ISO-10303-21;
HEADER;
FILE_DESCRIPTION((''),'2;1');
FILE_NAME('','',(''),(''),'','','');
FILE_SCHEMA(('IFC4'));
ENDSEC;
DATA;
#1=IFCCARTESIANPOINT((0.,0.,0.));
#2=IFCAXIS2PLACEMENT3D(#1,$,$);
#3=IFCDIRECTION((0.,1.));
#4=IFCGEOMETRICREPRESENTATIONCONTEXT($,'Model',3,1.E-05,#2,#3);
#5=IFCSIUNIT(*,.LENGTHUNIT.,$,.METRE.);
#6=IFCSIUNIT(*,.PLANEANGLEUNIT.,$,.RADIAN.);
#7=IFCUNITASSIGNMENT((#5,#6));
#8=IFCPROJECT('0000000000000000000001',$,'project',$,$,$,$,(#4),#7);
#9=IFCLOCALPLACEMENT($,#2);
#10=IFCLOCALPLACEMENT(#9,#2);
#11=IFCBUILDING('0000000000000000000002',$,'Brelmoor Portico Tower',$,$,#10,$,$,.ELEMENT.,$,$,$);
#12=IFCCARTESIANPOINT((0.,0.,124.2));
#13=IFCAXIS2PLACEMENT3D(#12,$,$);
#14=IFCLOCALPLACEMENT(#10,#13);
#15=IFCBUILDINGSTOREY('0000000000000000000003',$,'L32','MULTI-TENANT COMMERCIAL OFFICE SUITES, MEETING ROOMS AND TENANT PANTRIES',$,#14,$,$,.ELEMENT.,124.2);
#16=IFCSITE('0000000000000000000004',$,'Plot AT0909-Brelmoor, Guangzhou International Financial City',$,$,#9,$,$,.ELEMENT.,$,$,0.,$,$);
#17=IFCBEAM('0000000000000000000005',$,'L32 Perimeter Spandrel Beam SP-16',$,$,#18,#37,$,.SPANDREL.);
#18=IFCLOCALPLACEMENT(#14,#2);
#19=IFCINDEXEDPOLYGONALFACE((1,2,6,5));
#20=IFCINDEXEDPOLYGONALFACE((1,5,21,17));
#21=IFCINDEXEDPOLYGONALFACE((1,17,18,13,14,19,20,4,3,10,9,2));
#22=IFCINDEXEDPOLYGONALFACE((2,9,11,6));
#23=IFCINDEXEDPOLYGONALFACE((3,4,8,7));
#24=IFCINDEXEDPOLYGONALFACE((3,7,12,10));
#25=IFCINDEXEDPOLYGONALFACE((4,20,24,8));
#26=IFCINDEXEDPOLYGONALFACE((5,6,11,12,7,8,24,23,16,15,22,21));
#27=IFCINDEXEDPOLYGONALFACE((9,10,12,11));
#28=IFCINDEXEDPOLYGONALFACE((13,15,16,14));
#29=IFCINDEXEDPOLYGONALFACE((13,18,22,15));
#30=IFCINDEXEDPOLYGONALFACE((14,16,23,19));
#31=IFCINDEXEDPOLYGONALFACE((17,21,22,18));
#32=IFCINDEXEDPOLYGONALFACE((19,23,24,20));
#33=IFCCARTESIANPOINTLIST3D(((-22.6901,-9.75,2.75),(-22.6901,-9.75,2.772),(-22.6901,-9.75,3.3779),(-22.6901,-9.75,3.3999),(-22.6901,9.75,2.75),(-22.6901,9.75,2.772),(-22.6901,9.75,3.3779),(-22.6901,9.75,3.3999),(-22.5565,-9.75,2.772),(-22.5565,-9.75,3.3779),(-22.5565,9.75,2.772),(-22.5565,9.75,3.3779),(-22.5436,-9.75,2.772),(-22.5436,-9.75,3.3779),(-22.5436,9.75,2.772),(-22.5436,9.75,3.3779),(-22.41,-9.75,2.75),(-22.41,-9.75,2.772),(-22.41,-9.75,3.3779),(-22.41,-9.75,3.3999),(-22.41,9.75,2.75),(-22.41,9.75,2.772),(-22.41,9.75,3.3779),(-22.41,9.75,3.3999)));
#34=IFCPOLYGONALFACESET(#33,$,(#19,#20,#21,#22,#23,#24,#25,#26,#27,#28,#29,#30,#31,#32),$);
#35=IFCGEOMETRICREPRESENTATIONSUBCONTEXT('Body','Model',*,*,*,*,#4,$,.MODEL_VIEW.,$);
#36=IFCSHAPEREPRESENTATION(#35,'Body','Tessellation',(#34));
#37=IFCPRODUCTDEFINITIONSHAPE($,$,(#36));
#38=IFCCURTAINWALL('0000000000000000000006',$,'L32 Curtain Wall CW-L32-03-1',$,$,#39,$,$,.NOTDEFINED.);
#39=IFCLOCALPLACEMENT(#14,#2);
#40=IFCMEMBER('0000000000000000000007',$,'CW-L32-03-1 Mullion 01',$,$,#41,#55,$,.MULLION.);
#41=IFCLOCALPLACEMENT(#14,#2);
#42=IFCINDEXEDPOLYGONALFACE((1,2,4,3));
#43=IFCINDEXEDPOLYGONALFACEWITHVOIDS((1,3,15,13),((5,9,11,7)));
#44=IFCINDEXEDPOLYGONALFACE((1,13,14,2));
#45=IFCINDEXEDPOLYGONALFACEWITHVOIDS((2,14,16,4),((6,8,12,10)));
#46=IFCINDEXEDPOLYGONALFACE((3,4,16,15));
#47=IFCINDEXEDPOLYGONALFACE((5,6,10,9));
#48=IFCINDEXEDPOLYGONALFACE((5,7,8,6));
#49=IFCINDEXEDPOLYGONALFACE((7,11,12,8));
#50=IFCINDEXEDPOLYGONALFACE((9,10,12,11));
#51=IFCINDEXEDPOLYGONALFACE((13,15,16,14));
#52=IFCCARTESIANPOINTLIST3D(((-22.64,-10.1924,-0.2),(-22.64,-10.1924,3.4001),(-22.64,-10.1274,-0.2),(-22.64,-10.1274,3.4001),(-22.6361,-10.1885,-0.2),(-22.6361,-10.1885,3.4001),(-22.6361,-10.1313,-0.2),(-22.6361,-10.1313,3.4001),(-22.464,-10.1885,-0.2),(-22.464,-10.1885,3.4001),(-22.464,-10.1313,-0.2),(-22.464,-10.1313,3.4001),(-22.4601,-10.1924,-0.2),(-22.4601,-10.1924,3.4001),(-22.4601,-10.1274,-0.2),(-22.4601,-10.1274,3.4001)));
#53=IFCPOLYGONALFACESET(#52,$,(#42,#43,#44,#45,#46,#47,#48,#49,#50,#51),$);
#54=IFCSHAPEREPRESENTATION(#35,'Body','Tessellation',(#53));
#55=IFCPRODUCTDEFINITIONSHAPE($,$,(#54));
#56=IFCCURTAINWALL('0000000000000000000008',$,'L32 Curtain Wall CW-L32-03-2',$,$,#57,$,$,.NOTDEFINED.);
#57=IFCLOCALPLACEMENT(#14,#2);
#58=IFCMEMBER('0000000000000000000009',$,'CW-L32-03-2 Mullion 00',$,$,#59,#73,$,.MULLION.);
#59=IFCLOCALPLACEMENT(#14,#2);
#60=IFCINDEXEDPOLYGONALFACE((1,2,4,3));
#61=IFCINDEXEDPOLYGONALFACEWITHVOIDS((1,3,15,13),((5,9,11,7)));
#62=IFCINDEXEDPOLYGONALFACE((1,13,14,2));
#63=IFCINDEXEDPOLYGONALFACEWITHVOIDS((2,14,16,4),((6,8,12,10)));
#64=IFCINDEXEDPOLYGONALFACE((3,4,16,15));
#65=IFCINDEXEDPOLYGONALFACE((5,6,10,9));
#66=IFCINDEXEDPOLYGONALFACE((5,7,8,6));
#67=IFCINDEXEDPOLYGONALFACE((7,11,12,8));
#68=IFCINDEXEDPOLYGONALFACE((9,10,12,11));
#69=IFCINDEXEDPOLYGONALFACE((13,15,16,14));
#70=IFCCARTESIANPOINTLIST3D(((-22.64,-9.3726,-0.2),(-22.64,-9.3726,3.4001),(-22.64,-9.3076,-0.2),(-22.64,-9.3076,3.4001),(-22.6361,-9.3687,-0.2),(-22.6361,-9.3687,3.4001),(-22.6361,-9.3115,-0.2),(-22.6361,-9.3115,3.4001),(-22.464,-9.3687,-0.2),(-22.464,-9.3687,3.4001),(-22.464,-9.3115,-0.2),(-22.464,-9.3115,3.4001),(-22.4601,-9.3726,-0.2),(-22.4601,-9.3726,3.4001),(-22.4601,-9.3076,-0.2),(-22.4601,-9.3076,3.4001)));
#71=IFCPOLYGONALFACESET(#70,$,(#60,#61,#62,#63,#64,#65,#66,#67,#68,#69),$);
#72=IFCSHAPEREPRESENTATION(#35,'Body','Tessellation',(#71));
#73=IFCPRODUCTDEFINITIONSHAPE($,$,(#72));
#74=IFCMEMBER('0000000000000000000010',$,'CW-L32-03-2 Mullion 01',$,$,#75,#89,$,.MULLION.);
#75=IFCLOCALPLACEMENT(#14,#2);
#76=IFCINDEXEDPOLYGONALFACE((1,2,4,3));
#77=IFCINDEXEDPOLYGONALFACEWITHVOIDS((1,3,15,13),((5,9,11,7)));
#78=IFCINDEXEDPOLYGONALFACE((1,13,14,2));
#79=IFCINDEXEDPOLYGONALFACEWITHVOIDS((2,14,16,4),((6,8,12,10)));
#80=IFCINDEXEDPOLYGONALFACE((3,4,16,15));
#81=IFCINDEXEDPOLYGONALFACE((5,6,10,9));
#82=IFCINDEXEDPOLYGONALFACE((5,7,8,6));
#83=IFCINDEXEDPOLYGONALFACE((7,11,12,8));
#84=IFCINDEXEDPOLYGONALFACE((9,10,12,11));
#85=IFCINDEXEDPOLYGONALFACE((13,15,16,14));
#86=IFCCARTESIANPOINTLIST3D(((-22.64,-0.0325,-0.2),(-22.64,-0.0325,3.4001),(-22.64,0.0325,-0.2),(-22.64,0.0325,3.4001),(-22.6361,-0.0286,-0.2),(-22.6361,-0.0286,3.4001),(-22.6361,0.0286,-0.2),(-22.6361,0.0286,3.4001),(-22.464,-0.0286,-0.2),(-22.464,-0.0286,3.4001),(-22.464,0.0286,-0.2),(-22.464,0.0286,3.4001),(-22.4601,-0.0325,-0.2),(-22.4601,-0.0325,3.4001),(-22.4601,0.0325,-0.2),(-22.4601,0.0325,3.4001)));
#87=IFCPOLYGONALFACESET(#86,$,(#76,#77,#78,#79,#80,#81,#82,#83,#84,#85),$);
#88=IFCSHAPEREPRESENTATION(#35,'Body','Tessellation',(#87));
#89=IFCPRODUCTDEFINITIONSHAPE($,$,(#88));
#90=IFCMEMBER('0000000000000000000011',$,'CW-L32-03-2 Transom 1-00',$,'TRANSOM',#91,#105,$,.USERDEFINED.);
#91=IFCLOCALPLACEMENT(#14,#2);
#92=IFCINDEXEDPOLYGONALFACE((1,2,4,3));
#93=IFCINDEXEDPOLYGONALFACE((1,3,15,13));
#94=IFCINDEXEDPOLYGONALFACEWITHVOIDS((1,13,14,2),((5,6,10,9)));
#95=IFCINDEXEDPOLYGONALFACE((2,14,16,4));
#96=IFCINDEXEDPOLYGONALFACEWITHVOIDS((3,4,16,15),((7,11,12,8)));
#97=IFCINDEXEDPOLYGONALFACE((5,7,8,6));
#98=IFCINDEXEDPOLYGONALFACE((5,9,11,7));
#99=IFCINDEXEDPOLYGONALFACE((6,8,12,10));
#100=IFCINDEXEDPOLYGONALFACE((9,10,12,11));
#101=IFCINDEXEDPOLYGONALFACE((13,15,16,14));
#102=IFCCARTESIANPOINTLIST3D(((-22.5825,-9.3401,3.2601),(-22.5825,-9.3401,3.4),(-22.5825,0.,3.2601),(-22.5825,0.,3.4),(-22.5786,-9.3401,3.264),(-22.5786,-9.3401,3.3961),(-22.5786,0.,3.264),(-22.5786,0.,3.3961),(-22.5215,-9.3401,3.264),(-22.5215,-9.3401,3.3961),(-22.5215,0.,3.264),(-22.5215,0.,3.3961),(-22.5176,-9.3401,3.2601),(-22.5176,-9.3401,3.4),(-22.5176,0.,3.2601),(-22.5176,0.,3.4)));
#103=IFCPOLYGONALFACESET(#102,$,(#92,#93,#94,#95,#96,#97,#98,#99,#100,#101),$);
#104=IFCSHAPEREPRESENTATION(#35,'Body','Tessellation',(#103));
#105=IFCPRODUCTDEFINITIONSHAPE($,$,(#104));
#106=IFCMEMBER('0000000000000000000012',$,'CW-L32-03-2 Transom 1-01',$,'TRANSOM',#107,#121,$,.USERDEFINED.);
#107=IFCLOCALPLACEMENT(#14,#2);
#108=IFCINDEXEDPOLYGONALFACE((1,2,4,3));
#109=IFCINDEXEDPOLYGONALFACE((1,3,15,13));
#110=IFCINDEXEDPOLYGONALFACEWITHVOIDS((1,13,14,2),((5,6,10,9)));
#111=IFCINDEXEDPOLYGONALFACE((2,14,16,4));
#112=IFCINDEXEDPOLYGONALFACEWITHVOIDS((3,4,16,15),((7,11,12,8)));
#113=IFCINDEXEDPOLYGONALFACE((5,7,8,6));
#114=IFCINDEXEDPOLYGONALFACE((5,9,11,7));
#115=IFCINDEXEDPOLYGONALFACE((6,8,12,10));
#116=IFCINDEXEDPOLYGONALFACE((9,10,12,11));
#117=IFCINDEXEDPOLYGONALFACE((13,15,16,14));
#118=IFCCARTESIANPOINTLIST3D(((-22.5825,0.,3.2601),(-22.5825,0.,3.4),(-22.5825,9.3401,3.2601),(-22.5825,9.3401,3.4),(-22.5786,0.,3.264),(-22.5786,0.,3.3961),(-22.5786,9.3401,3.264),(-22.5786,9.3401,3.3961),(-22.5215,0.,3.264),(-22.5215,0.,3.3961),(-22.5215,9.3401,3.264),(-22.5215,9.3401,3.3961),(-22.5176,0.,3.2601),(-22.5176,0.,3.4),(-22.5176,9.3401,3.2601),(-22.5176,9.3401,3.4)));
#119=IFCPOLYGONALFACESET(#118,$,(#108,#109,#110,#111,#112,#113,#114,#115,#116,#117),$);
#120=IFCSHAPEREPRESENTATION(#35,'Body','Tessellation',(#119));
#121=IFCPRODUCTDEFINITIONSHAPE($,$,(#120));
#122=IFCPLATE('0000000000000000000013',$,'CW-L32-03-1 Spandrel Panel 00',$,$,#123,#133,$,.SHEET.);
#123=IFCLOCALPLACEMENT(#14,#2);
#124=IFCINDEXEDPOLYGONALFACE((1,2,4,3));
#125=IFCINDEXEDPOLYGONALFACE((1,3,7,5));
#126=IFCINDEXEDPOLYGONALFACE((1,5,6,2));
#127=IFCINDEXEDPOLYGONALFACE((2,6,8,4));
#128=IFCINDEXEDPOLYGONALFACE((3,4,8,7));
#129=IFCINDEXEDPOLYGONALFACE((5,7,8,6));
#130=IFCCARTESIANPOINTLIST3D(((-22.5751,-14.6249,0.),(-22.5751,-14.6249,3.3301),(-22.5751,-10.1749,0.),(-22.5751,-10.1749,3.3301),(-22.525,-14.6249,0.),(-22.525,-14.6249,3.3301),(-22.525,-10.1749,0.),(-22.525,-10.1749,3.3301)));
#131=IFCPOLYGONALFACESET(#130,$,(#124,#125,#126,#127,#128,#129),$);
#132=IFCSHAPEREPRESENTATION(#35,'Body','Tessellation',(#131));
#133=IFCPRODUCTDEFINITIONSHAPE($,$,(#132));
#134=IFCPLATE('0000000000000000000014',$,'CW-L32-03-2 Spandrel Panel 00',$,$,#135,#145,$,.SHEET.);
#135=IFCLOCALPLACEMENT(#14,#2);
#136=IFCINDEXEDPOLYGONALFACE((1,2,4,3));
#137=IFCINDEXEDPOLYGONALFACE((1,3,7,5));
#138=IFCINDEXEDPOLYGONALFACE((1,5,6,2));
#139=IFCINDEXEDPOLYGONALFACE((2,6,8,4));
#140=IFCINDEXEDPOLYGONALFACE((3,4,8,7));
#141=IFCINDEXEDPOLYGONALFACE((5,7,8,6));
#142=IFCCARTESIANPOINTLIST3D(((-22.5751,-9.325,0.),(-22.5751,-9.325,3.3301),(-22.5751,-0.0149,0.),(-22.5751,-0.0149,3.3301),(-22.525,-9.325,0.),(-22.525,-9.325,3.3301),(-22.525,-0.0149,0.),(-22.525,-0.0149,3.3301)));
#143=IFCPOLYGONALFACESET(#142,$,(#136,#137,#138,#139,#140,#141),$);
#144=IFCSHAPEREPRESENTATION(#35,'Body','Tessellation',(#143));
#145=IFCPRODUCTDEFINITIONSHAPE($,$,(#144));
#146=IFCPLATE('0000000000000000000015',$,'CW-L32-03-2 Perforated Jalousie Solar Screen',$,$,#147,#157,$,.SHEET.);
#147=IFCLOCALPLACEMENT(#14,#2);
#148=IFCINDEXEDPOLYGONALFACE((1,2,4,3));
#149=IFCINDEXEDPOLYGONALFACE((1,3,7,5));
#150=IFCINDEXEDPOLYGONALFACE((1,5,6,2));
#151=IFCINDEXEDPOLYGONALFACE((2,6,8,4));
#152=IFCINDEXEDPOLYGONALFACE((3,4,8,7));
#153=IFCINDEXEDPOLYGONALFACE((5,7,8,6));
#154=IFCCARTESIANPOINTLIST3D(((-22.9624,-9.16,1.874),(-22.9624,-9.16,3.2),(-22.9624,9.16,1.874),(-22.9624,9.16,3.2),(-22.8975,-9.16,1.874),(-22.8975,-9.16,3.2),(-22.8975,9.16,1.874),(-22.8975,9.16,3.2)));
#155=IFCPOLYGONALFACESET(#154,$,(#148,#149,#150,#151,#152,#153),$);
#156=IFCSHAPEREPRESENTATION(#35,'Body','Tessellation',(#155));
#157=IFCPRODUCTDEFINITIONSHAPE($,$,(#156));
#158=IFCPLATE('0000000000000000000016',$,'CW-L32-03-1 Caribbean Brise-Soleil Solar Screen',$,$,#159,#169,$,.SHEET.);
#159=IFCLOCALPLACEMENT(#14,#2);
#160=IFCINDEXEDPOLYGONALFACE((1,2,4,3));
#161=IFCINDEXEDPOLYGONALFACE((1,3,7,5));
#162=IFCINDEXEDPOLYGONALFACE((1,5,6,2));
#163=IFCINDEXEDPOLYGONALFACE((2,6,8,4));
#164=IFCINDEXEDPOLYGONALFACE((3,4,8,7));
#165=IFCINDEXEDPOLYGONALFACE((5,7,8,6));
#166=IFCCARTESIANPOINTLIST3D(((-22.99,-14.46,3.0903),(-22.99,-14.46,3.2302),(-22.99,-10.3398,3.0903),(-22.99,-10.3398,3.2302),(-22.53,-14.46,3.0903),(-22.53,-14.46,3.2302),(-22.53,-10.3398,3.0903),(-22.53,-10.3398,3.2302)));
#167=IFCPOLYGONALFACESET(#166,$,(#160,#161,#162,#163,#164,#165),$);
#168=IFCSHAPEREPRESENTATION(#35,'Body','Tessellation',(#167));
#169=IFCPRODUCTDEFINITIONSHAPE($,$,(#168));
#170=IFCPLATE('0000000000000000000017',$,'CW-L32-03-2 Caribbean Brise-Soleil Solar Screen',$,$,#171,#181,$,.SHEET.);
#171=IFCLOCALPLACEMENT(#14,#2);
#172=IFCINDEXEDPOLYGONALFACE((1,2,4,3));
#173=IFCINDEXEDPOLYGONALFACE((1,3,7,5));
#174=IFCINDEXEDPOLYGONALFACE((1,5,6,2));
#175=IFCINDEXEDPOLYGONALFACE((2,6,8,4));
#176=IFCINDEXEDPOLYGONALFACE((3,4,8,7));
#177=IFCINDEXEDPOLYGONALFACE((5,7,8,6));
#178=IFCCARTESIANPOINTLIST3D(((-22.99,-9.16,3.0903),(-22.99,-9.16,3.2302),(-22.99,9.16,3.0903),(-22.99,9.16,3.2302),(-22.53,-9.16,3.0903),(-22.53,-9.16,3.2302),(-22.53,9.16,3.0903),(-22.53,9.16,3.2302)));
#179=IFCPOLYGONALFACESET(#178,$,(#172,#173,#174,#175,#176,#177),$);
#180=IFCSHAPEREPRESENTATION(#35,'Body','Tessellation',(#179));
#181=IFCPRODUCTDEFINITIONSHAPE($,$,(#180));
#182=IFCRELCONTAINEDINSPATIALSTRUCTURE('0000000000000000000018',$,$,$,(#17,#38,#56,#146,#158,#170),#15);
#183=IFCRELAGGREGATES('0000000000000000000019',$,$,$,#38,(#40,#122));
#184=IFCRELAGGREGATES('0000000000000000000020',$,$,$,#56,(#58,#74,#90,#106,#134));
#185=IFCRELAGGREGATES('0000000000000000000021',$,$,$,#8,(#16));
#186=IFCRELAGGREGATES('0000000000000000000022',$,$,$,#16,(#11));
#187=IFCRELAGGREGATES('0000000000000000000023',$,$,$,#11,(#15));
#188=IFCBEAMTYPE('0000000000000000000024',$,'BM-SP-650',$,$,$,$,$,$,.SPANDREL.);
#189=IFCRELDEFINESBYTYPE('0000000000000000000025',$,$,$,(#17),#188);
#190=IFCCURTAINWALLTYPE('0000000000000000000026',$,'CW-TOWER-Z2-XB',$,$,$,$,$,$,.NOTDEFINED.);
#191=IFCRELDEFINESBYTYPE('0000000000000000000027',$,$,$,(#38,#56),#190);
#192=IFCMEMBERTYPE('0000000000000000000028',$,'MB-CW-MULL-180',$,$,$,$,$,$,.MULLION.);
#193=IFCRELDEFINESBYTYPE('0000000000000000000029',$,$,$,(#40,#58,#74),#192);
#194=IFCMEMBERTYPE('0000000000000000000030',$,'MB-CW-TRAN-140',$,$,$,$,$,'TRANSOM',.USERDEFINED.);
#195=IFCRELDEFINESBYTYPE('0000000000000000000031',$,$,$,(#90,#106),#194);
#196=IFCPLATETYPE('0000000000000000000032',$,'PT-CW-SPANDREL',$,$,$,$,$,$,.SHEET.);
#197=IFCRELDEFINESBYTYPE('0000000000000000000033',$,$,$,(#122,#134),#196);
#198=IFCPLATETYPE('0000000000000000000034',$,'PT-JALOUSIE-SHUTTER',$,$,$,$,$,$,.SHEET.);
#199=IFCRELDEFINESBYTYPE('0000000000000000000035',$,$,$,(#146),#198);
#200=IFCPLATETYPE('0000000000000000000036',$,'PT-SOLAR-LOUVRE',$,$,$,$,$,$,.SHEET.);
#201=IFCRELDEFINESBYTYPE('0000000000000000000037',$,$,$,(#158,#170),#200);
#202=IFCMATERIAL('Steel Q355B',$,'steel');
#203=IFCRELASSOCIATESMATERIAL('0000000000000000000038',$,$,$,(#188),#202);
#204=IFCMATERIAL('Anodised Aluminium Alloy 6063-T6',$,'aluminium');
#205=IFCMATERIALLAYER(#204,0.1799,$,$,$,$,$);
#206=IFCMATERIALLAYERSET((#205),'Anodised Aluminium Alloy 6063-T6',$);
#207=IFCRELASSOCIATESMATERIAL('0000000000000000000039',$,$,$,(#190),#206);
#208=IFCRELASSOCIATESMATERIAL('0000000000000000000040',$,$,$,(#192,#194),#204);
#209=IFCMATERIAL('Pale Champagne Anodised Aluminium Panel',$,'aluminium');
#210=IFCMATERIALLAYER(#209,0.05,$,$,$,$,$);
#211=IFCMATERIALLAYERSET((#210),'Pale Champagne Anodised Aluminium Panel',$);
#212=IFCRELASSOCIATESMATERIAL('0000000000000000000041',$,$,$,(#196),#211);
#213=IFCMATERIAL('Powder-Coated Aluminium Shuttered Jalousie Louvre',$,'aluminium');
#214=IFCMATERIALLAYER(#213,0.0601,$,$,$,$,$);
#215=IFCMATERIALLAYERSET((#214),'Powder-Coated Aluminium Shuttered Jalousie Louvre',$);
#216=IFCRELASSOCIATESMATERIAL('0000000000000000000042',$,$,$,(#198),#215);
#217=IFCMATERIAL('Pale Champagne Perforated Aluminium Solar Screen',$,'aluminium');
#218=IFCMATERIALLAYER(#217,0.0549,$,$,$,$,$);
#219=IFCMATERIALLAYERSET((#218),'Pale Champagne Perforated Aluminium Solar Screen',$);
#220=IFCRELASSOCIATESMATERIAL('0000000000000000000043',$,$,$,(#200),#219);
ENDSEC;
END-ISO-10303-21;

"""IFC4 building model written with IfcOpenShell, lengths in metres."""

from ifc_helpers import new_model, si_unit, direction, frame, origin, origin_2d, place, context, subcontext, project, spatial, rectangle, hollow_rectangle, i_section, extrude, material, layer, layer_set, material_profile, profile_set, type_object, element, aggregate, save


model = new_model("IFC4")

# Units and contexts
model_context = context("Model", 3, precision=1e-05, world=origin(), true_north=direction((0.0, 1.0)))
body_context = subcontext(model_context, "Body", "Model", "MODEL_VIEW")
ifc_project = project(units=[si_unit("LENGTHUNIT", "METRE"), si_unit("PLANEANGLEUNIT", "RADIAN")], contexts=[model_context])

# Site, building, storey
site_placement = place(None, origin())
site = spatial("IfcSite", under=ifc_project, at=site_placement, Name="Plot AT0909-Brelmoor, Guangzhou International Financial City", CompositionType="ELEMENT", RefElevation=0.0)
building_placement = place(site_placement, origin())
building = spatial("IfcBuilding", under=site, at=building_placement, Name="Brelmoor Portico Tower", CompositionType="ELEMENT")
storey_placement = place(building_placement, frame((0.0, 0.0, 124.2)))
storey = spatial("IfcBuildingStorey", under=building, at=storey_placement, Name="L32", Description="MULTI-TENANT COMMERCIAL OFFICE SUITES, MEETING ROOMS AND TENANT PANTRIES", CompositionType="ELEMENT", Elevation=124.2)

# Shared definitions
ifc_material_1 = material(Name="Steel Q355B", Category="steel")

# Beam
ifc_material_profile_1 = material_profile(ifc_material_1, i_section(OverallWidth=0.28, OverallDepth=0.6499, WebThickness=0.0129, FlangeThickness=0.022, at=origin_2d()), Name="HN 650x280x13x22")
ifc_profile_set_1 = profile_set([ifc_material_profile_1], Name="Steel Q355B")
beam_type_1 = type_object("IfcBeamType", Name="BM-SP-650", PredefinedType="SPANDREL", material=ifc_profile_set_1)
beam_1_placement = place(storey_placement, frame((-22.55, -9.75, 3.075), z_axis=(0.0, 1.0, 0.0), x_axis=(-1.0, 0.0, 0.0)))
element("IfcBeam", 1, at=beam_1_placement, inside=storey, type_object=beam_type_1, Name="L32 Perimeter Spandrel Beam SP-16", PredefinedType="SPANDREL", context=body_context, shape_type="SweptSolid", body=[
    extrude(i_section(OverallWidth=0.28, OverallDepth=0.6499, WebThickness=0.0129, FlangeThickness=0.022, at=origin_2d()), origin(), (0.0, 0.0, 1.0), 19.5),
])

# Curtain wall, member
ifc_material_2 = material(Name="Anodised Aluminium Alloy 6063-T6", Category="aluminium")
ifc_layer_1 = layer(ifc_material_2, 0.1799)
ifc_layer_set_1 = layer_set([ifc_layer_1], Name="Anodised Aluminium Alloy 6063-T6")
curtain_wall_type = type_object("IfcCurtainWallType", Name="CW-TOWER-Z2-XB", PredefinedType="NOTDEFINED", material=ifc_layer_set_1)
curtain_wall_1_placement = place(storey_placement, origin())
curtain_wall_1 = element("IfcCurtainWall", 2, at=curtain_wall_1_placement, inside=storey, type_object=curtain_wall_type, Name="L32 Curtain Wall CW-L32-03-1", PredefinedType="NOTDEFINED")
ifc_material_profile_2 = material_profile(ifc_material_2, hollow_rectangle(XDim=0.0649, YDim=0.1799, WallThickness=0.0039, at=origin_2d()), Name="ALU MULLION 65x180")
ifc_profile_set_2 = profile_set([ifc_material_profile_2], Name="Anodised Aluminium Alloy 6063-T6")
member_type_1 = type_object("IfcMemberType", Name="MB-CW-MULL-180", PredefinedType="MULLION", material=ifc_profile_set_2)
member_1_placement = place(storey_placement, frame((-22.55, -10.1599, -0.2), z_axis=(0.0, 0.0, 1.0), x_axis=(0.0, 1.0, 0.0)))
member_1 = element("IfcMember", 3, at=member_1_placement, type_object=member_type_1, Name="CW-L32-03-1 Mullion 01", PredefinedType="MULLION", context=body_context, shape_type="SweptSolid", body=[
    extrude(hollow_rectangle(XDim=0.0649, YDim=0.1799, WallThickness=0.0039, at=origin_2d()), origin(), (0.0, 0.0, 1.0), 3.6001),
])

# Curtain wall, members
curtain_wall_2_placement = place(storey_placement, origin())
curtain_wall_2 = element("IfcCurtainWall", 4, at=curtain_wall_2_placement, inside=storey, type_object=curtain_wall_type, Name="L32 Curtain Wall CW-L32-03-2", PredefinedType="NOTDEFINED")
member_2_placement = place(storey_placement, frame((-22.55, -9.3401, -0.2), z_axis=(0.0, 0.0, 1.0), x_axis=(0.0, 1.0, 0.0)))
member_2 = element("IfcMember", 5, at=member_2_placement, type_object=member_type_1, Name="CW-L32-03-2 Mullion 00", PredefinedType="MULLION", context=body_context, shape_type="SweptSolid", body=[
    extrude(hollow_rectangle(XDim=0.0649, YDim=0.1799, WallThickness=0.0039, at=origin_2d()), origin(), (0.0, 0.0, 1.0), 3.6001),
])
member_3_placement = place(storey_placement, frame((-22.55, 0.0, -0.2), z_axis=(0.0, 0.0, 1.0), x_axis=(0.0, 1.0, 0.0)))
member_3 = element("IfcMember", 6, at=member_3_placement, type_object=member_type_1, Name="CW-L32-03-2 Mullion 01", PredefinedType="MULLION", context=body_context, shape_type="SweptSolid", body=[
    extrude(hollow_rectangle(XDim=0.0649, YDim=0.1799, WallThickness=0.0039, at=origin_2d()), origin(), (0.0, 0.0, 1.0), 3.6001),
])
ifc_material_profile_3 = material_profile(ifc_material_2, hollow_rectangle(XDim=0.0649, YDim=0.1399, WallThickness=0.0039, at=origin_2d()), Name="ALU TRANSOM 65x140")
ifc_profile_set_3 = profile_set([ifc_material_profile_3], Name="Anodised Aluminium Alloy 6063-T6")
member_type_2 = type_object("IfcMemberType", Name="MB-CW-TRAN-140", ElementType="TRANSOM", PredefinedType="USERDEFINED", material=ifc_profile_set_3)
member_4_placement = place(storey_placement, frame((-22.55, -9.3401, 3.3301), z_axis=(0.0, 1.0, 0.0), x_axis=(-1.0, 0.0, 0.0)))
member_4 = element("IfcMember", 7, at=member_4_placement, type_object=member_type_2, Name="CW-L32-03-2 Transom 1-00", ObjectType="TRANSOM", PredefinedType="USERDEFINED", context=body_context, shape_type="SweptSolid", body=[
    extrude(hollow_rectangle(XDim=0.0649, YDim=0.1399, WallThickness=0.0039, at=origin_2d()), origin(), (0.0, 0.0, 1.0), 9.3401),
])
member_5_placement = place(storey_placement, frame((-22.55, 0.0, 3.3301), z_axis=(0.0, 1.0, 0.0), x_axis=(-1.0, 0.0, 0.0)))
member_5 = element("IfcMember", 8, at=member_5_placement, type_object=member_type_2, Name="CW-L32-03-2 Transom 1-01", ObjectType="TRANSOM", PredefinedType="USERDEFINED", context=body_context, shape_type="SweptSolid", body=[
    extrude(hollow_rectangle(XDim=0.0649, YDim=0.1399, WallThickness=0.0039, at=origin_2d()), origin(), (0.0, 0.0, 1.0), 9.3401),
])

# Plates
ifc_material_3 = material(Name="Pale Champagne Anodised Aluminium Panel", Category="aluminium")
ifc_layer_2 = layer(ifc_material_3, 0.05)
ifc_layer_set_2 = layer_set([ifc_layer_2], Name="Pale Champagne Anodised Aluminium Panel")
plate_type_1 = type_object("IfcPlateType", Name="PT-CW-SPANDREL", PredefinedType="SHEET", material=ifc_layer_set_2)
plate_1_placement = place(storey_placement, frame((-22.55, -12.3999, 0.0), z_axis=(0.0, 0.0, 1.0), x_axis=(0.0, 1.0, 0.0)))
plate_1 = element("IfcPlate", 9, at=plate_1_placement, type_object=plate_type_1, Name="CW-L32-03-1 Spandrel Panel 00", PredefinedType="SHEET", context=body_context, shape_type="SweptSolid", body=[
    extrude(rectangle(XDim=4.45, YDim=0.05, at=origin_2d()), origin(), (0.0, 0.0, 1.0), 3.3301),
])
aggregate(curtain_wall_1, [member_1, plate_1])
plate_2_placement = place(storey_placement, frame((-22.55, -4.6699, 0.0), z_axis=(0.0, 0.0, 1.0), x_axis=(0.0, 1.0, 0.0)))
plate_2 = element("IfcPlate", 10, at=plate_2_placement, type_object=plate_type_1, Name="CW-L32-03-2 Spandrel Panel 00", PredefinedType="SHEET", context=body_context, shape_type="SweptSolid", body=[
    extrude(rectangle(XDim=9.3101, YDim=0.05, at=origin_2d()), origin(), (0.0, 0.0, 1.0), 3.3301),
])
aggregate(curtain_wall_2, [member_2, member_3, member_4, member_5, plate_2])

# Plates
ifc_material_4 = material(Name="Powder-Coated Aluminium Shuttered Jalousie Louvre", Category="aluminium")
ifc_layer_3 = layer(ifc_material_4, 0.0601)
ifc_layer_set_3 = layer_set([ifc_layer_3], Name="Powder-Coated Aluminium Shuttered Jalousie Louvre")
plate_type_2 = type_object("IfcPlateType", Name="PT-JALOUSIE-SHUTTER", PredefinedType="SHEET", material=ifc_layer_set_3)
plate_3_placement = place(storey_placement, frame((-22.9299, 0.0, 1.874), z_axis=(0.0, 0.0, 1.0), x_axis=(0.0, 1.0, 0.0)))
element("IfcPlate", 11, at=plate_3_placement, inside=storey, type_object=plate_type_2, Name="CW-L32-03-2 Perforated Jalousie Solar Screen", PredefinedType="SHEET", context=body_context, shape_type="SweptSolid", body=[
    extrude(rectangle(XDim=18.3201, YDim=0.0649, at=origin_2d()), origin(), (0.0, 0.0, 1.0), 1.3259),
])
ifc_material_5 = material(Name="Pale Champagne Perforated Aluminium Solar Screen", Category="aluminium")
ifc_layer_4 = layer(ifc_material_5, 0.0549)
ifc_layer_set_4 = layer_set([ifc_layer_4], Name="Pale Champagne Perforated Aluminium Solar Screen")
plate_type_3 = type_object("IfcPlateType", Name="PT-SOLAR-LOUVRE", PredefinedType="SHEET", material=ifc_layer_set_4)
plate_4_placement = place(storey_placement, frame((-22.76, -12.3999, 3.0903), z_axis=(0.0, 0.0, 1.0), x_axis=(0.0, 1.0, 0.0)))
element("IfcPlate", 12, at=plate_4_placement, inside=storey, type_object=plate_type_3, Name="CW-L32-03-1 Caribbean Brise-Soleil Solar Screen", PredefinedType="SHEET", context=body_context, shape_type="SweptSolid", body=[
    extrude(rectangle(XDim=4.1201, YDim=0.46, at=origin_2d()), origin(), (0.0, 0.0, 1.0), 0.1399),
])
plate_5_placement = place(storey_placement, frame((-22.76, 0.0, 3.0903), z_axis=(0.0, 0.0, 1.0), x_axis=(0.0, 1.0, 0.0)))
element("IfcPlate", 13, at=plate_5_placement, inside=storey, type_object=plate_type_3, Name="CW-L32-03-2 Caribbean Brise-Soleil Solar Screen", PredefinedType="SHEET", context=body_context, shape_type="SweptSolid", body=[
    extrude(rectangle(XDim=18.3201, YDim=0.46, at=origin_2d()), origin(), (0.0, 0.0, 1.0), 0.1399),
])

save(model, "model.ifc")
